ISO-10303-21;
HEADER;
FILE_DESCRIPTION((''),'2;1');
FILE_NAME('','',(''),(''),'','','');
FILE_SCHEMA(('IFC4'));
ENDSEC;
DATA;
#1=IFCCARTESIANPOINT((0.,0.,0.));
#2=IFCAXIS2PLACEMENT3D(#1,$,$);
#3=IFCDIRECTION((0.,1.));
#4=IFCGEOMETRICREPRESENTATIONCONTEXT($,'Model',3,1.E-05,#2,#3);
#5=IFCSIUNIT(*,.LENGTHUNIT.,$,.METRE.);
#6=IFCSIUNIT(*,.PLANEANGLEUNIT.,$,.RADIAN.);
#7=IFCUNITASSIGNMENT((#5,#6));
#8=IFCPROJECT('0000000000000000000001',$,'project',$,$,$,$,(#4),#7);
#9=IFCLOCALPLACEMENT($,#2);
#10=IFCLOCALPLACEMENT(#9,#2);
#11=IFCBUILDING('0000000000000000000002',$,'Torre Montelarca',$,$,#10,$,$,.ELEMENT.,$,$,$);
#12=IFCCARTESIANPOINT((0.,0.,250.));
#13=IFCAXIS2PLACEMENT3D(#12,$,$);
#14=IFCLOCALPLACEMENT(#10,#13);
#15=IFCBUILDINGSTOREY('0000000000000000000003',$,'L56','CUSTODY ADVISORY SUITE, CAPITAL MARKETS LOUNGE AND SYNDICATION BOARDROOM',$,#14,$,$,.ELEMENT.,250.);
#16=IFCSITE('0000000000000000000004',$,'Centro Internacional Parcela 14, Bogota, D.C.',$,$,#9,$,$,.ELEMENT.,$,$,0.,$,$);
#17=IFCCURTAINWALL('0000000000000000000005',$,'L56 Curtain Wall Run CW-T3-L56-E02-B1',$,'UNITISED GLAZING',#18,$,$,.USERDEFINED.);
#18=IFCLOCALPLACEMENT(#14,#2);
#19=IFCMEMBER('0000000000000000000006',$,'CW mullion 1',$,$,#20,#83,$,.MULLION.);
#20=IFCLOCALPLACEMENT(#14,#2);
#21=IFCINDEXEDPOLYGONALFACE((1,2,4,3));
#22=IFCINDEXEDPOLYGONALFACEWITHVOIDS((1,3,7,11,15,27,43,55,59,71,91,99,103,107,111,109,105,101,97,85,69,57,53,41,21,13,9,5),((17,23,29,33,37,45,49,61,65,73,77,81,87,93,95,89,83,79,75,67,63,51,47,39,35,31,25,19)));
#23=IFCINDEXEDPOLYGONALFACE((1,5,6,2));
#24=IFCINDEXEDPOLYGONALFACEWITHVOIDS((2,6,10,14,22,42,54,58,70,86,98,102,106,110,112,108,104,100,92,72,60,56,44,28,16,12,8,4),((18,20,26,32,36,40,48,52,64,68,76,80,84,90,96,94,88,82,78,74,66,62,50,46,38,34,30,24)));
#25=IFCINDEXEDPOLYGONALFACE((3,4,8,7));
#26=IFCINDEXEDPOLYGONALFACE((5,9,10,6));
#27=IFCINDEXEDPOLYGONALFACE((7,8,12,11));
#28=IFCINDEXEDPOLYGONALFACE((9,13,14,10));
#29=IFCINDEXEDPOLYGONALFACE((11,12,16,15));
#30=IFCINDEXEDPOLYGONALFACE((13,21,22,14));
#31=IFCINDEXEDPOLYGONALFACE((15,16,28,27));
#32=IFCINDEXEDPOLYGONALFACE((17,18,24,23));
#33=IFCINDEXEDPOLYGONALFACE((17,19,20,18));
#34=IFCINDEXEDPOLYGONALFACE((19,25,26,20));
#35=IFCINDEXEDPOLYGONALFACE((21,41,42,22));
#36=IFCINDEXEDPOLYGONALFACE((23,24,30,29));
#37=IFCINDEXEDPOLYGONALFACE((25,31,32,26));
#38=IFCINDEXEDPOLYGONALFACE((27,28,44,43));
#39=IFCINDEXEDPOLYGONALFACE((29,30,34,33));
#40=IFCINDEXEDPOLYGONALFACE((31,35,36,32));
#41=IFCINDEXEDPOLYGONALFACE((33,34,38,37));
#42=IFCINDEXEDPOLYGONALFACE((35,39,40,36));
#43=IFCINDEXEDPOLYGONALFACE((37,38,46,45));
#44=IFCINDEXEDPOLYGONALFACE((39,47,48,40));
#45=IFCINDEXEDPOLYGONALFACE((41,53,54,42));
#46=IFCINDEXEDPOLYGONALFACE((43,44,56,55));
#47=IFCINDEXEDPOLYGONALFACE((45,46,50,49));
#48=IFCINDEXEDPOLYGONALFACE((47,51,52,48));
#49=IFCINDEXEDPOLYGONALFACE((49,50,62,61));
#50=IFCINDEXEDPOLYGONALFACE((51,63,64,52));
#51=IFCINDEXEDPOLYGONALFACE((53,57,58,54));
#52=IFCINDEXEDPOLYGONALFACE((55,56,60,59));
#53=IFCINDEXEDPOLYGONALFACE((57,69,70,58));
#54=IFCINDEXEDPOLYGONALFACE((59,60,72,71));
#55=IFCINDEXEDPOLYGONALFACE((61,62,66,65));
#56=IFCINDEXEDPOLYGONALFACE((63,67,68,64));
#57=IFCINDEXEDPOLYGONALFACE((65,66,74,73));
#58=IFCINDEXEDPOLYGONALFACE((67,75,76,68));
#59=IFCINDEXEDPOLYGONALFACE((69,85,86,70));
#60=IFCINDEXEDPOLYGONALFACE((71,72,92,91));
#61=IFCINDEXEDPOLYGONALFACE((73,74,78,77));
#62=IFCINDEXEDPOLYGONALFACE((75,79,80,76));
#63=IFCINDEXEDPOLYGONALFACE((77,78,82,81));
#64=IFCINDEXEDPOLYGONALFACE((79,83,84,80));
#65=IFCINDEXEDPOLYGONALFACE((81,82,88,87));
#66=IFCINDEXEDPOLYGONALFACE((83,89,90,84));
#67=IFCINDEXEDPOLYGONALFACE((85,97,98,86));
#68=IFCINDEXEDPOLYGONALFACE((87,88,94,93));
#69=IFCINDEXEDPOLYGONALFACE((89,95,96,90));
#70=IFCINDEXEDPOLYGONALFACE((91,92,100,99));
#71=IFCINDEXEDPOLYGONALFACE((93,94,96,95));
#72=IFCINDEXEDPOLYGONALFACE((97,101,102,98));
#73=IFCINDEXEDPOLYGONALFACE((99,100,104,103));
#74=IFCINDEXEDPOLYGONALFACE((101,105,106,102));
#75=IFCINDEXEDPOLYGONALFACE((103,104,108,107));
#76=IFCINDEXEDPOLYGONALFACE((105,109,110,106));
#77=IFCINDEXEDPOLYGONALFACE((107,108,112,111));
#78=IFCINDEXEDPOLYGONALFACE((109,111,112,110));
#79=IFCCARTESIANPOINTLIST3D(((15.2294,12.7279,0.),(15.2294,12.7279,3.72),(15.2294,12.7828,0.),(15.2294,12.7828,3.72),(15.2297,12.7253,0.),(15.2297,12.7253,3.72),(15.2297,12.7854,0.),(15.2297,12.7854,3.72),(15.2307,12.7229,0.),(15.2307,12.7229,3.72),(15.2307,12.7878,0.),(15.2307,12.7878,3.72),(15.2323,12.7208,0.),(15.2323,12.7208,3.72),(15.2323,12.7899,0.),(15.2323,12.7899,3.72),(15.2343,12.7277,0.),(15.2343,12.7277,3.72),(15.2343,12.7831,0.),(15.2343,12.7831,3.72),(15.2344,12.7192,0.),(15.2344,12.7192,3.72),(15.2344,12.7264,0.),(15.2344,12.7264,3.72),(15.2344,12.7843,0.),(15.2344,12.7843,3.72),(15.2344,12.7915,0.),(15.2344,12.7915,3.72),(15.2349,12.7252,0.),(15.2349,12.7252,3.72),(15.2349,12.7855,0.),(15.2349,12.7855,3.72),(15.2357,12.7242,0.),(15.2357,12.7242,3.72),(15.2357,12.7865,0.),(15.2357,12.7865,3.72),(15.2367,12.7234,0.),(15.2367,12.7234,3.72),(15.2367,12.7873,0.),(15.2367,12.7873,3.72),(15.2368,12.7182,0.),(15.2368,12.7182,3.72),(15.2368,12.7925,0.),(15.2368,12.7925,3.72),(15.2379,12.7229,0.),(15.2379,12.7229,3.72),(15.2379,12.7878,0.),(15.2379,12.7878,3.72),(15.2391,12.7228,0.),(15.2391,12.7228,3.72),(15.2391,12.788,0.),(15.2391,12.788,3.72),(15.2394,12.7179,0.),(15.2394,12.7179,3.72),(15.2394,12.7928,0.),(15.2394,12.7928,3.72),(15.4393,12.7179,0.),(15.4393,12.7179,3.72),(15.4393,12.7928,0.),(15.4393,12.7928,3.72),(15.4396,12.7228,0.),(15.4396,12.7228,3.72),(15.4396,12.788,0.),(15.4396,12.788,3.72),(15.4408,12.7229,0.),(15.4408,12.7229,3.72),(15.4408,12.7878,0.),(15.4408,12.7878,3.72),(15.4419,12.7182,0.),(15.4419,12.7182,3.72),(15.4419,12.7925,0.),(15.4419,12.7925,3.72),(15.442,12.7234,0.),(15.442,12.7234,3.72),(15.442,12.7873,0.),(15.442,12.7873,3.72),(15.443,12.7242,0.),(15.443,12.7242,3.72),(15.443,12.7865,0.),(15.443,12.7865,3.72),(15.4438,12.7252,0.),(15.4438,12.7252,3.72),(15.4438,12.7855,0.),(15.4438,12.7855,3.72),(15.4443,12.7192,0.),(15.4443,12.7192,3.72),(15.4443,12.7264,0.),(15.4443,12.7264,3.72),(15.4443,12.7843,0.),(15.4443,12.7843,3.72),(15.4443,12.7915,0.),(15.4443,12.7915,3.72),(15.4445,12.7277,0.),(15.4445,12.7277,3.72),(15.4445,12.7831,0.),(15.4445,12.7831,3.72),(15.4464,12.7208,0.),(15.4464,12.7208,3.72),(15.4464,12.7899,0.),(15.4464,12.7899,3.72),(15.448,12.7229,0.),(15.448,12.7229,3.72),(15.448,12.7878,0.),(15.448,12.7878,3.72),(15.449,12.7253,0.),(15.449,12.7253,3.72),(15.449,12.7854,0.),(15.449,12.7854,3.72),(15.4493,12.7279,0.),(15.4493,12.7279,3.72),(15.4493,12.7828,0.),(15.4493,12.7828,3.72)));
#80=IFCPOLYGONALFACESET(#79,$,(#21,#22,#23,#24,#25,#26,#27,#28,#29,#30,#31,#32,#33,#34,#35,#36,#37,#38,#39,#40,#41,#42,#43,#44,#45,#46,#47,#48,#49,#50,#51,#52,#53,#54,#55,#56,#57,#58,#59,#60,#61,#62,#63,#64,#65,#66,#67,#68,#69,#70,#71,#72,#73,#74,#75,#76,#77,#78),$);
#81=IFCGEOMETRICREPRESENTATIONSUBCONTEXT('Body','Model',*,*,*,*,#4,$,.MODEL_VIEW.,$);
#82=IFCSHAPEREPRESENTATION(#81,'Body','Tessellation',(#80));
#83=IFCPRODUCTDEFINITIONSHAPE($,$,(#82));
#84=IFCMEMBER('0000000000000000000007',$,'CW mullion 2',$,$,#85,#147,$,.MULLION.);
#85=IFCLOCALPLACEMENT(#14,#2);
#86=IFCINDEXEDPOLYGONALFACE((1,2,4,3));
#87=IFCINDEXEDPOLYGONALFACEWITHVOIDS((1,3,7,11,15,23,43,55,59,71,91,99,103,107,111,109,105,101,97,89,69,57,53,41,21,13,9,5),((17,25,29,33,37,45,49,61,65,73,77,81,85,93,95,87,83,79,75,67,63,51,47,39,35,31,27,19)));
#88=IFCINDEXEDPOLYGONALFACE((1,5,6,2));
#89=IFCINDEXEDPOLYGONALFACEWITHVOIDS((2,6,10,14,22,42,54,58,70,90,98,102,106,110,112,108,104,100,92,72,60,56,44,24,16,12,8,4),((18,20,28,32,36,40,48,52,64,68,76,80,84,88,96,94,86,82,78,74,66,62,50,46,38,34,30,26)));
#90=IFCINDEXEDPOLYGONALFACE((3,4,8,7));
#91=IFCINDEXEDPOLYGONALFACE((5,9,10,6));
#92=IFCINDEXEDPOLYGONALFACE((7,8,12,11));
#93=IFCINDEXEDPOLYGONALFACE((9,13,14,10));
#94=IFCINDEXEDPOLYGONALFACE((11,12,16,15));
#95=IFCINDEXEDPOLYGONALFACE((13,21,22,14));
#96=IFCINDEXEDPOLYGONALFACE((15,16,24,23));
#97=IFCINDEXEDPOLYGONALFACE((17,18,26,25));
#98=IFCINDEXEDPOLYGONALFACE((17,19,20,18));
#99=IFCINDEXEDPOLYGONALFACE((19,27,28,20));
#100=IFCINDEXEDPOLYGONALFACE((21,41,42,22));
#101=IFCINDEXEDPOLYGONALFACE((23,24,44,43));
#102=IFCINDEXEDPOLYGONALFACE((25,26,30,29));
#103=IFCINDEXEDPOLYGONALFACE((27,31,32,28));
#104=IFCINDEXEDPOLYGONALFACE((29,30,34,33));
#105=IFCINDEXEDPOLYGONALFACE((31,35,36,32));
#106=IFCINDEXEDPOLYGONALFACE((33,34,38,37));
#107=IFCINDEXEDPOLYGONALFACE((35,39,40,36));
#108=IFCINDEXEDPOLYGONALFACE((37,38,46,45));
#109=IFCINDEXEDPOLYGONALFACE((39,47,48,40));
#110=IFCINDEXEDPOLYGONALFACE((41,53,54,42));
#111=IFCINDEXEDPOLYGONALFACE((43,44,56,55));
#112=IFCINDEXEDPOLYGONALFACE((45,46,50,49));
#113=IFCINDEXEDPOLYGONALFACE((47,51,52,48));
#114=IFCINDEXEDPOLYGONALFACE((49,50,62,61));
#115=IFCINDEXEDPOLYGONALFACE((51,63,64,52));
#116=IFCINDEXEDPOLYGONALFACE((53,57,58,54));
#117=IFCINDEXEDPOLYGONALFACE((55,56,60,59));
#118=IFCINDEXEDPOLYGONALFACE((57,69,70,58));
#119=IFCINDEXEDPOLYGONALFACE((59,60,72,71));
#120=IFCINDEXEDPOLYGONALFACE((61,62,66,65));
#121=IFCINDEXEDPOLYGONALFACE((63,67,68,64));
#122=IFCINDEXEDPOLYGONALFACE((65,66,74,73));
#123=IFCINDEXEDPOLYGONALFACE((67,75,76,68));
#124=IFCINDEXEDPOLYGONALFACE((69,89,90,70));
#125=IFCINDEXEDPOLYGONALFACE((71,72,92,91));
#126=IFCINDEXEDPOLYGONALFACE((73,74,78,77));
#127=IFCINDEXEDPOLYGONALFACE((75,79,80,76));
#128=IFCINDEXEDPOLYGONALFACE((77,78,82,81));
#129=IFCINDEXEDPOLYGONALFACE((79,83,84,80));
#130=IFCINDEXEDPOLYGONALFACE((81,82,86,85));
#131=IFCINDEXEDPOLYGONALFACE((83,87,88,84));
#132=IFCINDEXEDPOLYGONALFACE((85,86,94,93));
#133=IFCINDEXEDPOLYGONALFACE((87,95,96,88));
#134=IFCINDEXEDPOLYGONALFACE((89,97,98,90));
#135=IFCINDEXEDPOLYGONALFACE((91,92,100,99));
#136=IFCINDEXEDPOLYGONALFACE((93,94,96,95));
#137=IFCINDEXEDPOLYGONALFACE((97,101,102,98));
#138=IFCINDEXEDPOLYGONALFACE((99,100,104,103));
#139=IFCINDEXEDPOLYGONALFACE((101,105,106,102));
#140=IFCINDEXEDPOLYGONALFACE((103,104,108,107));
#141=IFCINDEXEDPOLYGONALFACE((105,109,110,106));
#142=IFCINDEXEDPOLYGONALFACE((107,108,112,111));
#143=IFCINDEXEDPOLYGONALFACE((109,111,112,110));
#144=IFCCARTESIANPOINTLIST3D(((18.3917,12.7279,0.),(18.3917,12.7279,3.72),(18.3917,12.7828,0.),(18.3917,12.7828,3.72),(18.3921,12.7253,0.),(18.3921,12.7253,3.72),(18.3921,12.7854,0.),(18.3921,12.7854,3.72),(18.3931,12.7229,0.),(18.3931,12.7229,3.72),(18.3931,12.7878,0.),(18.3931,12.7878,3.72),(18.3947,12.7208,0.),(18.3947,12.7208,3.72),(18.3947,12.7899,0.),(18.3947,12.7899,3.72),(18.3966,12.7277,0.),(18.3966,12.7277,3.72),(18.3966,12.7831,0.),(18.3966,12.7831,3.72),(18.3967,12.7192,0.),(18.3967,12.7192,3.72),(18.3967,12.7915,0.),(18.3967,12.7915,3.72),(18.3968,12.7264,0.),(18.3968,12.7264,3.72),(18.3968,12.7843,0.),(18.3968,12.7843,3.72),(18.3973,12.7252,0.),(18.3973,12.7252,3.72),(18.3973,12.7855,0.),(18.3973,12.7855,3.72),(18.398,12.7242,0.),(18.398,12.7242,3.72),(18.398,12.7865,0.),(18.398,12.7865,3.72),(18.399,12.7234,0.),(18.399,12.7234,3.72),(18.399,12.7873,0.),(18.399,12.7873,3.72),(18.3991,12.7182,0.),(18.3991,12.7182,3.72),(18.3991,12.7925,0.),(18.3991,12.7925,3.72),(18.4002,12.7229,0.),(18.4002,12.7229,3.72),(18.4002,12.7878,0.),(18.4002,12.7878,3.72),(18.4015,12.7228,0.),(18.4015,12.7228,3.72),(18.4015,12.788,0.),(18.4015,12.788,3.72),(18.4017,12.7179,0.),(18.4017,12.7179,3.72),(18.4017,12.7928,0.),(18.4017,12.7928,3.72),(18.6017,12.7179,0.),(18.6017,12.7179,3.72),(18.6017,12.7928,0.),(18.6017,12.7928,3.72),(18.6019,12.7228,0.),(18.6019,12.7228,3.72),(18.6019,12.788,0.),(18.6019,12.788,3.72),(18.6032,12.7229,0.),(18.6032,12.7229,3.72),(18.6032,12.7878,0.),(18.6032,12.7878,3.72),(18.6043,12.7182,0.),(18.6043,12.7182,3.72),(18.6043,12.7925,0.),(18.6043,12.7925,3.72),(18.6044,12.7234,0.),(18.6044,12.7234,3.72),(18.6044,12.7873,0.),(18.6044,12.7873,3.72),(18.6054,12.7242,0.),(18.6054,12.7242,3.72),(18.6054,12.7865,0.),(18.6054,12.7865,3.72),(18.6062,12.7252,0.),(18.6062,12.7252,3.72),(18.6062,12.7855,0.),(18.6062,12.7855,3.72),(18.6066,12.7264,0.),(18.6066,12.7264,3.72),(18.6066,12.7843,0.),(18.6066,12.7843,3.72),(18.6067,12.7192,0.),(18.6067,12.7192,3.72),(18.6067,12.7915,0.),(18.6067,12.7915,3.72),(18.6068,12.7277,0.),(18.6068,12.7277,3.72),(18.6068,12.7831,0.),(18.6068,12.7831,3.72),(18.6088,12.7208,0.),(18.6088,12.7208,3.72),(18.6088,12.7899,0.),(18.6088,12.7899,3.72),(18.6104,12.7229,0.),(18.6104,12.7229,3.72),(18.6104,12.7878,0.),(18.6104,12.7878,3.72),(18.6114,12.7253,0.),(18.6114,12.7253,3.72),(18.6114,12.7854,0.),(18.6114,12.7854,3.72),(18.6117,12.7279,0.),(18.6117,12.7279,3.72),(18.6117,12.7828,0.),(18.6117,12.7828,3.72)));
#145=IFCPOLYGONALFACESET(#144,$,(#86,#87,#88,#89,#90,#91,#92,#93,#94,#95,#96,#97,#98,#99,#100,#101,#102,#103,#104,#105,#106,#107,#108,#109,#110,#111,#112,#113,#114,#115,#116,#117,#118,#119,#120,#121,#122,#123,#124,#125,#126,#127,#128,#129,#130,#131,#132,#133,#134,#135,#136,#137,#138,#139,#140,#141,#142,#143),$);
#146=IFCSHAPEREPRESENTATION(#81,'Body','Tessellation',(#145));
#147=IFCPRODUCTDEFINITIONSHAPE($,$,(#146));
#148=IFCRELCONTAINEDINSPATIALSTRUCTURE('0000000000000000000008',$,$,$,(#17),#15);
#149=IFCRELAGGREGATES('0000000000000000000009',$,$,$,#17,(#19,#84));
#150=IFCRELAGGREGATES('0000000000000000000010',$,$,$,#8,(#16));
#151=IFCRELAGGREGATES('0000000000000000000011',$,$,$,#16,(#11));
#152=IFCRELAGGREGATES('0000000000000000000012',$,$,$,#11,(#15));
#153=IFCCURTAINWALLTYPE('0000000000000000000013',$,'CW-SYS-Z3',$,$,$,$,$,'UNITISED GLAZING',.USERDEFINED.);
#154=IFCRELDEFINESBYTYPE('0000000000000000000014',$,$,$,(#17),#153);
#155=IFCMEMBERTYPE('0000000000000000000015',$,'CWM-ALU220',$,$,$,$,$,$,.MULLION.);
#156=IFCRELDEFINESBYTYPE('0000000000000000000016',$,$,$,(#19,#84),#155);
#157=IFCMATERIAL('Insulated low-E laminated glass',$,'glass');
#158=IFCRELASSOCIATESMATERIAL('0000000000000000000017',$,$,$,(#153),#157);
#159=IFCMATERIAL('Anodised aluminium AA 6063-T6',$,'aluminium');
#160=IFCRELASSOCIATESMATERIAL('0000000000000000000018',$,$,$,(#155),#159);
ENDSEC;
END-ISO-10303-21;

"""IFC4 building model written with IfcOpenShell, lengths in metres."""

from ifc_helpers import new_model, si_unit, direction, frame, origin, origin_2d, place, context, subcontext, project, spatial, hollow_rectangle, extrude, source, transform, mapped, material, material_profile, profile_set, type_object, element, aggregate, save


model = new_model("IFC4")

# Units and contexts
model_context = context("Model", 3, precision=1e-05, world=origin(), true_north=direction((0.0, 1.0)))
body_context = subcontext(model_context, "Body", "Model", "MODEL_VIEW")
ifc_project = project(units=[si_unit("LENGTHUNIT", "METRE"), si_unit("PLANEANGLEUNIT", "RADIAN")], contexts=[model_context])

# Site, building, storey
site_placement = place(None, origin())
site = spatial("IfcSite", under=ifc_project, at=site_placement, Name="Centro Internacional Parcela 14, Bogota, D.C.", CompositionType="ELEMENT", RefElevation=0.0)
building_placement = place(site_placement, origin())
building = spatial("IfcBuilding", under=site, at=building_placement, Name="Torre Montelarca", CompositionType="ELEMENT")
storey_placement = place(building_placement, frame((0.0, 0.0, 250.0)))
storey = spatial("IfcBuildingStorey", under=building, at=storey_placement, Name="L56", Description="CUSTODY ADVISORY SUITE, CAPITAL MARKETS LOUNGE AND SYNDICATION BOARDROOM", CompositionType="ELEMENT", Elevation=250.0)

# Curtain wall
ifc_material_1 = material(Name="Insulated low-E laminated glass", Category="glass")
curtain_wall_type = type_object("IfcCurtainWallType", Name="CW-SYS-Z3", ElementType="UNITISED GLAZING", PredefinedType="USERDEFINED", material=ifc_material_1)
curtain_wall_1_placement = place(storey_placement, origin())
curtain_wall_1 = element("IfcCurtainWall", 1, at=curtain_wall_1_placement, inside=storey, type_object=curtain_wall_type, Name="L56 Curtain Wall Run CW-T3-L56-E02-B1", ObjectType="UNITISED GLAZING", PredefinedType="USERDEFINED")
ifc_material_2 = material(Name="Anodised aluminium AA 6063-T6", Category="aluminium")
ifc_material_profile_1 = material_profile(ifc_material_2, hollow_rectangle(XDim=0.075, YDim=0.22, WallThickness=0.0049, InnerFilletRadius=0.0049, OuterFilletRadius=0.01, at=origin_2d()), Name="ALU75X220X5", Category="aluminium")
ifc_profile_set_1 = profile_set([ifc_material_profile_1], Name="Anodised aluminium AA 6063-T6")
member_type_1 = type_object("IfcMemberType", Name="CWM-ALU220", PredefinedType="MULLION", material=ifc_profile_set_1)
shared_shape_1 = source(origin(), body_context, "Body", "SweptSolid", [
    extrude(hollow_rectangle(XDim=0.075, YDim=0.22, WallThickness=0.0049, InnerFilletRadius=0.0049, OuterFilletRadius=0.01, at=origin_2d()), origin(), (0.0, 0.0, 1.0), 3.72),
])

# Members
member_1_placement = place(storey_placement, frame((15.3394, 12.7554, 0.0), z_axis=(0.0, 0.0, 1.0), x_axis=(0.0, 1.0, 0.0)))
member_1 = element("IfcMember", 2, at=member_1_placement, type_object=member_type_1, Name="CW mullion 1", PredefinedType="MULLION", context=body_context, shape_type="MappedRepresentation", body=[
    mapped(shared_shape_1, transform((0.0, 0.0, 0.0), scale=1.0)),
])
member_2_placement = place(storey_placement, frame((18.5017, 12.7554, 0.0), z_axis=(0.0, 0.0, 1.0), x_axis=(0.0, 1.0, 0.0)))
member_2 = element("IfcMember", 3, at=member_2_placement, type_object=member_type_1, Name="CW mullion 2", PredefinedType="MULLION", context=body_context, shape_type="MappedRepresentation", body=[
    mapped(shared_shape_1, transform((0.0, 0.0, 0.0), scale=1.0)),
])

aggregate(curtain_wall_1, [member_1, member_2])

save(model, "model.ifc")
